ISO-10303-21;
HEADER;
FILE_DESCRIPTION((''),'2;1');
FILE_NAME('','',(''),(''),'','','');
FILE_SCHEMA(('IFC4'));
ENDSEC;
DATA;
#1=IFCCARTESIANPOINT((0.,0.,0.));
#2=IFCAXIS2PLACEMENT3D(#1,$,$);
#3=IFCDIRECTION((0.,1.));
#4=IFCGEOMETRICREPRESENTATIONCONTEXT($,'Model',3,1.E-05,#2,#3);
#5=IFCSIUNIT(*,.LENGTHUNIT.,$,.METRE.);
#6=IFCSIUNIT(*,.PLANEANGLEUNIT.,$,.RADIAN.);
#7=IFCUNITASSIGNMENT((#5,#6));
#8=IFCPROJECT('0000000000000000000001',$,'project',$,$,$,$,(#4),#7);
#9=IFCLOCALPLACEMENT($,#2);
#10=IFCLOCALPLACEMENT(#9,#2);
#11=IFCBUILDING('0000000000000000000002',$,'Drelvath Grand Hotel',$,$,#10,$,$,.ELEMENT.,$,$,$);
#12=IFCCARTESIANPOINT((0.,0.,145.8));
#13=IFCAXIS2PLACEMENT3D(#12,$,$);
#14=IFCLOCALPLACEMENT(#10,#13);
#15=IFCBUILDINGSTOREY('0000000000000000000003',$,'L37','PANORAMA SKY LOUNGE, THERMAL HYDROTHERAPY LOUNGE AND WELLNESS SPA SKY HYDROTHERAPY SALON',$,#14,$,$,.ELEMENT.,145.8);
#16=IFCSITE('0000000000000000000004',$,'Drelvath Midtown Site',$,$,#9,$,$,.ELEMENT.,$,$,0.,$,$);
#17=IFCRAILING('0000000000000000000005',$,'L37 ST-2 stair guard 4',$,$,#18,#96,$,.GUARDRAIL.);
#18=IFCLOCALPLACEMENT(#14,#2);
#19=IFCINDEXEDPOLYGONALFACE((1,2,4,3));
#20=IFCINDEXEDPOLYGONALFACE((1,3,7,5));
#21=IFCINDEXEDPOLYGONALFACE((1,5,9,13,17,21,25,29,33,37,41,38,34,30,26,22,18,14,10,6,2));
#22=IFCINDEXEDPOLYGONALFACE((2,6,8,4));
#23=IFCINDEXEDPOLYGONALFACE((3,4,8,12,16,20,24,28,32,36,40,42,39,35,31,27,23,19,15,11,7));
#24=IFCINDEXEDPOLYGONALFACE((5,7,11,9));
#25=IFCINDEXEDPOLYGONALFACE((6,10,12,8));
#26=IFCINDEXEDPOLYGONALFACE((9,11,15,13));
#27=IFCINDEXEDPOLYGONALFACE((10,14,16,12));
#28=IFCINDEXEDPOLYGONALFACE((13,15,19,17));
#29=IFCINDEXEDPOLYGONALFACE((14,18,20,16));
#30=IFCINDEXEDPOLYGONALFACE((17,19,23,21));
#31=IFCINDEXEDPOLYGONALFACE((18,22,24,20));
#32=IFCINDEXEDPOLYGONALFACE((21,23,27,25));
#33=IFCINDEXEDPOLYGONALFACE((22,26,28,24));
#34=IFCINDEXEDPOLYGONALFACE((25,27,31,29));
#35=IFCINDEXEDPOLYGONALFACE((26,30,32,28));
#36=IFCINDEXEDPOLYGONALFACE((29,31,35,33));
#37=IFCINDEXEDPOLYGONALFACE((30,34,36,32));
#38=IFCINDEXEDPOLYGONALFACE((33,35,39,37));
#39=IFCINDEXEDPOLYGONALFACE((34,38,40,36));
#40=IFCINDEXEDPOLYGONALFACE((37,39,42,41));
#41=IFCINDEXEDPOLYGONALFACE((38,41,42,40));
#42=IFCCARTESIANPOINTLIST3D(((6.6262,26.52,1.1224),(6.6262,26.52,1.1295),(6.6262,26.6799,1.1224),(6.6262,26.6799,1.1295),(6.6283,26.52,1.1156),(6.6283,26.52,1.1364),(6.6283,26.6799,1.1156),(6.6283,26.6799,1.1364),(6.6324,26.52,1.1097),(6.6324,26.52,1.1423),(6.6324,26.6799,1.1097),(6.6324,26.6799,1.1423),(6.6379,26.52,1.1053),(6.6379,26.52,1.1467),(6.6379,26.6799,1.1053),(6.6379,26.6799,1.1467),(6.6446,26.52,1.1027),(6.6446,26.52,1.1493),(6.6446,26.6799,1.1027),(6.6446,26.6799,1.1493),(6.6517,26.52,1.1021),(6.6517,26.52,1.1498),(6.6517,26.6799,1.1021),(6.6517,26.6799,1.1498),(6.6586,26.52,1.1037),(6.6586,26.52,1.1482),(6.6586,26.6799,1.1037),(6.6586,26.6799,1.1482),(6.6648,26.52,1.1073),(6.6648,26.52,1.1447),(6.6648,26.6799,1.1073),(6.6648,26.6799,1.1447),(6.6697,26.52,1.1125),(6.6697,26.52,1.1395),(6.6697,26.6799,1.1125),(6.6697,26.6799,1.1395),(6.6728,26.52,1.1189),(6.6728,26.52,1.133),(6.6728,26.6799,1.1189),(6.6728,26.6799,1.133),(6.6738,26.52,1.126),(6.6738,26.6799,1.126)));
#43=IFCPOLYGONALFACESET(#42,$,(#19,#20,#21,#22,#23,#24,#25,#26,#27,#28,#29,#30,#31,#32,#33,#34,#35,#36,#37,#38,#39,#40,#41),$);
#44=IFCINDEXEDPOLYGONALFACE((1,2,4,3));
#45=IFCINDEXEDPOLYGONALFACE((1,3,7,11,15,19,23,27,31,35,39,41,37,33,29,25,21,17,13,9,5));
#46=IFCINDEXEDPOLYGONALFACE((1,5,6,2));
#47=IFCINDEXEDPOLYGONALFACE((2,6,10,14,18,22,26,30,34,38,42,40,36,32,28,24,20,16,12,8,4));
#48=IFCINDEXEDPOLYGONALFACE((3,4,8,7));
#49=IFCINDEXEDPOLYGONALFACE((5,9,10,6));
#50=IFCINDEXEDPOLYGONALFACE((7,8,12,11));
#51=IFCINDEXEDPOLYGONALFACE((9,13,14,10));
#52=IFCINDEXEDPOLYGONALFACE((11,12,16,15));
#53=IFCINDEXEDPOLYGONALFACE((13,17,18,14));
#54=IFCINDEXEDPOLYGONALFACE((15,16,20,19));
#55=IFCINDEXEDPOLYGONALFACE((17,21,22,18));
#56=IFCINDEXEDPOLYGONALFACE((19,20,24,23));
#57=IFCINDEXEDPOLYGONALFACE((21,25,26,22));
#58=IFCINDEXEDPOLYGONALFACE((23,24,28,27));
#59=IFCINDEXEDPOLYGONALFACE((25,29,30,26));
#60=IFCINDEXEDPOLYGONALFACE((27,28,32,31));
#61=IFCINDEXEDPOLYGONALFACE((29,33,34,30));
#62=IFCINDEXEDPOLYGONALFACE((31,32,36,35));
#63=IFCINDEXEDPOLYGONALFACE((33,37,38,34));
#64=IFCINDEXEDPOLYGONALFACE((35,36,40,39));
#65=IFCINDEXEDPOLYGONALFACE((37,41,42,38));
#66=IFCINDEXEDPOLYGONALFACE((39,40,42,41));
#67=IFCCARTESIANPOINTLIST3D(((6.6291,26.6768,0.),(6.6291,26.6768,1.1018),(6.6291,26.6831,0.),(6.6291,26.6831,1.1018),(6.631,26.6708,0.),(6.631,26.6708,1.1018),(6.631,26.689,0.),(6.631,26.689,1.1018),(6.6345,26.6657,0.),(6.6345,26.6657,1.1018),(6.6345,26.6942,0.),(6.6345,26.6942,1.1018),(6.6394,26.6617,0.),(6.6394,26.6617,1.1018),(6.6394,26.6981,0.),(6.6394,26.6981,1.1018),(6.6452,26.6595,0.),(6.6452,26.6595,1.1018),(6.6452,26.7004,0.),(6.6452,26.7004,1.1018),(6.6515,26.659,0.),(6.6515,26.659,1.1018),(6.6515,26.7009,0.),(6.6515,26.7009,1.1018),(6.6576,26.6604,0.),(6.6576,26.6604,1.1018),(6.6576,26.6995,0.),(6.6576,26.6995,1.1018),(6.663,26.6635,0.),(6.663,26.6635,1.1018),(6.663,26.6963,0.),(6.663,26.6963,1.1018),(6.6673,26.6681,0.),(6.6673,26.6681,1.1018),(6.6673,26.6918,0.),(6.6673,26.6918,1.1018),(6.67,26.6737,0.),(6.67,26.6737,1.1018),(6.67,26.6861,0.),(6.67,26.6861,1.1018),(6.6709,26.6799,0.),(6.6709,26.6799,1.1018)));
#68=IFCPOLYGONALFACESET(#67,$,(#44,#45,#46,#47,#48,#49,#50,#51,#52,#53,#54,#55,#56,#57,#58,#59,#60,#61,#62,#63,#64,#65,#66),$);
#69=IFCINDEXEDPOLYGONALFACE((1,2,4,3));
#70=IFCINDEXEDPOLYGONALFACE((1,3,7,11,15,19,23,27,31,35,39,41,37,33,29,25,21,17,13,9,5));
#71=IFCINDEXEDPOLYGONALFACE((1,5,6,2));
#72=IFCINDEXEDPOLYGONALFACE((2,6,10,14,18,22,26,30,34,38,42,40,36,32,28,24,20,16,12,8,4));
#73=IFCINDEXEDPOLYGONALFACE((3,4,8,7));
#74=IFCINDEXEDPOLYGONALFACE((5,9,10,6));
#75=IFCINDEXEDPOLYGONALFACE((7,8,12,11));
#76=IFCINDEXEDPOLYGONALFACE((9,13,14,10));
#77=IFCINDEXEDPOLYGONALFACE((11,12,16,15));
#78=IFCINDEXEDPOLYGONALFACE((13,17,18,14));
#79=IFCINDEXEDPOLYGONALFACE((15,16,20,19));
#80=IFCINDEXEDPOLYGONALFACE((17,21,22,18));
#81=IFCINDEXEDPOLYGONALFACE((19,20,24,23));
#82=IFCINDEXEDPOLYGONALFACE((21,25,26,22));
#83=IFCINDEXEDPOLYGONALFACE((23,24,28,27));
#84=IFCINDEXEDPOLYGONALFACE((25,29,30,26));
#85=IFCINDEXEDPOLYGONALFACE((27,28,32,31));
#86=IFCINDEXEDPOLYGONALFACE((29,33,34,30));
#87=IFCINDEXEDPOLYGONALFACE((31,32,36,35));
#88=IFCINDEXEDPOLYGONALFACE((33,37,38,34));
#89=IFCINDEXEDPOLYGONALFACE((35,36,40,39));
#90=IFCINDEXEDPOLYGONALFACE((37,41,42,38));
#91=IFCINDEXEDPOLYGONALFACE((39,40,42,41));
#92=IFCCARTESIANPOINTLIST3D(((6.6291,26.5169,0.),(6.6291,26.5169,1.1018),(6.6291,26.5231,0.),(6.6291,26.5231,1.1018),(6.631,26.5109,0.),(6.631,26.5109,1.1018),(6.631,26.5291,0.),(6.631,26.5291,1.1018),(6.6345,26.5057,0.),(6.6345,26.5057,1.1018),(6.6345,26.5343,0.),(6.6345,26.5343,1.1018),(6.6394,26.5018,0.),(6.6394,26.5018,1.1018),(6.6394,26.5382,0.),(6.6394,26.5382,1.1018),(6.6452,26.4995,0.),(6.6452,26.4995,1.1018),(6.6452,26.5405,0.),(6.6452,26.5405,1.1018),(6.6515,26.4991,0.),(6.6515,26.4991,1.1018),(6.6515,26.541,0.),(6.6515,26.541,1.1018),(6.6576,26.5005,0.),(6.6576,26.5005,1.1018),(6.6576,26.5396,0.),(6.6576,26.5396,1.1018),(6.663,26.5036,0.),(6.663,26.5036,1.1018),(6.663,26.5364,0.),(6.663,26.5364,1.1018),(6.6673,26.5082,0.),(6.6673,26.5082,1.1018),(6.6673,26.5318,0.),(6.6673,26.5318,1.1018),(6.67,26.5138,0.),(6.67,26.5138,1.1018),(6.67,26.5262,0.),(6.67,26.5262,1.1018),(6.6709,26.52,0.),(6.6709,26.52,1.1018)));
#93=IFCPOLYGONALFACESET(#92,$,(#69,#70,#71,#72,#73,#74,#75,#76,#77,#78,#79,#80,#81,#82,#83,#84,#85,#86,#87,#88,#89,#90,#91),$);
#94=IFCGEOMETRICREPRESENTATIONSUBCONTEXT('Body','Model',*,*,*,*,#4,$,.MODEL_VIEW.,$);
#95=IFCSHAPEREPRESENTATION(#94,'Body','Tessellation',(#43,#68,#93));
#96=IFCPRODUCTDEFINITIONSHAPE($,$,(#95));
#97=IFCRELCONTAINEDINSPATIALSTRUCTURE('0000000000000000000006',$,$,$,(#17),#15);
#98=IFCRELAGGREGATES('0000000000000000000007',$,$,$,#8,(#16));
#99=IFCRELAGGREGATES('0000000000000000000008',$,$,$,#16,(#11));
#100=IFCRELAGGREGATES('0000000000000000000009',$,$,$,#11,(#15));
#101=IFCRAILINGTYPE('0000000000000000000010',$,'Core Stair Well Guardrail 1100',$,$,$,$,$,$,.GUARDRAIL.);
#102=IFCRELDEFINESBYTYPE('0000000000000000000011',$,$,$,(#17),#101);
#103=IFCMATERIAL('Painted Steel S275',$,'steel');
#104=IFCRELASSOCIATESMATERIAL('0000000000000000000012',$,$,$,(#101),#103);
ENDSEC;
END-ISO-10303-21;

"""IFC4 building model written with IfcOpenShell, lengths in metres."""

from ifc_helpers import new_model, si_unit, direction, frame, origin, origin_2d, place, context, subcontext, project, spatial, circle, extrude, material, type_object, element, save


model = new_model("IFC4")

# Units and contexts
model_context = context("Model", 3, precision=1e-05, world=origin(), true_north=direction((0.0, 1.0)))
body_context = subcontext(model_context, "Body", "Model", "MODEL_VIEW")
ifc_project = project(units=[si_unit("LENGTHUNIT", "METRE"), si_unit("PLANEANGLEUNIT", "RADIAN")], contexts=[model_context])

# Site, building, storey
site_placement = place(None, origin())
site = spatial("IfcSite", under=ifc_project, at=site_placement, Name="Drelvath Midtown Site", CompositionType="ELEMENT", RefElevation=0.0)
building_placement = place(site_placement, origin())
building = spatial("IfcBuilding", under=site, at=building_placement, Name="Drelvath Grand Hotel", CompositionType="ELEMENT")
storey_placement = place(building_placement, frame((0.0, 0.0, 145.8)))
storey = spatial("IfcBuildingStorey", under=building, at=storey_placement, Name="L37", Description="PANORAMA SKY LOUNGE, THERMAL HYDROTHERAPY LOUNGE AND WELLNESS SPA SKY HYDROTHERAPY SALON", CompositionType="ELEMENT", Elevation=145.8)

# Railing
ifc_material_1 = material(Name="Painted Steel S275", Category="steel")
railing_type_1 = type_object("IfcRailingType", Name="Core Stair Well Guardrail 1100", PredefinedType="GUARDRAIL", material=ifc_material_1)
railing_1_placement = place(storey_placement, frame((6.6499, 26.6799, 0.0)))
element("IfcRailing", 1, at=railing_1_placement, inside=storey, type_object=railing_type_1, Name="L37 ST-2 stair guard 4", PredefinedType="GUARDRAIL", context=body_context, shape_type="SweptSolid", body=[
    extrude(circle(Radius=0.0239, at=origin_2d()), frame((0.0, 0.0, 1.126), z_axis=(0.0, -1.0, 0.0), x_axis=(1.0, 0.0, 0.0)), (0.0, 0.0, 1.0), 0.1599),
    extrude(circle(Radius=0.021, at=origin_2d()), origin(), (0.0, 0.0, 1.0), 1.1018),
    extrude(circle(Radius=0.021, at=origin_2d()), frame((0.0, -0.1599, 0.0)), (0.0, 0.0, 1.0), 1.1018),
])

save(model, "model.ifc")
